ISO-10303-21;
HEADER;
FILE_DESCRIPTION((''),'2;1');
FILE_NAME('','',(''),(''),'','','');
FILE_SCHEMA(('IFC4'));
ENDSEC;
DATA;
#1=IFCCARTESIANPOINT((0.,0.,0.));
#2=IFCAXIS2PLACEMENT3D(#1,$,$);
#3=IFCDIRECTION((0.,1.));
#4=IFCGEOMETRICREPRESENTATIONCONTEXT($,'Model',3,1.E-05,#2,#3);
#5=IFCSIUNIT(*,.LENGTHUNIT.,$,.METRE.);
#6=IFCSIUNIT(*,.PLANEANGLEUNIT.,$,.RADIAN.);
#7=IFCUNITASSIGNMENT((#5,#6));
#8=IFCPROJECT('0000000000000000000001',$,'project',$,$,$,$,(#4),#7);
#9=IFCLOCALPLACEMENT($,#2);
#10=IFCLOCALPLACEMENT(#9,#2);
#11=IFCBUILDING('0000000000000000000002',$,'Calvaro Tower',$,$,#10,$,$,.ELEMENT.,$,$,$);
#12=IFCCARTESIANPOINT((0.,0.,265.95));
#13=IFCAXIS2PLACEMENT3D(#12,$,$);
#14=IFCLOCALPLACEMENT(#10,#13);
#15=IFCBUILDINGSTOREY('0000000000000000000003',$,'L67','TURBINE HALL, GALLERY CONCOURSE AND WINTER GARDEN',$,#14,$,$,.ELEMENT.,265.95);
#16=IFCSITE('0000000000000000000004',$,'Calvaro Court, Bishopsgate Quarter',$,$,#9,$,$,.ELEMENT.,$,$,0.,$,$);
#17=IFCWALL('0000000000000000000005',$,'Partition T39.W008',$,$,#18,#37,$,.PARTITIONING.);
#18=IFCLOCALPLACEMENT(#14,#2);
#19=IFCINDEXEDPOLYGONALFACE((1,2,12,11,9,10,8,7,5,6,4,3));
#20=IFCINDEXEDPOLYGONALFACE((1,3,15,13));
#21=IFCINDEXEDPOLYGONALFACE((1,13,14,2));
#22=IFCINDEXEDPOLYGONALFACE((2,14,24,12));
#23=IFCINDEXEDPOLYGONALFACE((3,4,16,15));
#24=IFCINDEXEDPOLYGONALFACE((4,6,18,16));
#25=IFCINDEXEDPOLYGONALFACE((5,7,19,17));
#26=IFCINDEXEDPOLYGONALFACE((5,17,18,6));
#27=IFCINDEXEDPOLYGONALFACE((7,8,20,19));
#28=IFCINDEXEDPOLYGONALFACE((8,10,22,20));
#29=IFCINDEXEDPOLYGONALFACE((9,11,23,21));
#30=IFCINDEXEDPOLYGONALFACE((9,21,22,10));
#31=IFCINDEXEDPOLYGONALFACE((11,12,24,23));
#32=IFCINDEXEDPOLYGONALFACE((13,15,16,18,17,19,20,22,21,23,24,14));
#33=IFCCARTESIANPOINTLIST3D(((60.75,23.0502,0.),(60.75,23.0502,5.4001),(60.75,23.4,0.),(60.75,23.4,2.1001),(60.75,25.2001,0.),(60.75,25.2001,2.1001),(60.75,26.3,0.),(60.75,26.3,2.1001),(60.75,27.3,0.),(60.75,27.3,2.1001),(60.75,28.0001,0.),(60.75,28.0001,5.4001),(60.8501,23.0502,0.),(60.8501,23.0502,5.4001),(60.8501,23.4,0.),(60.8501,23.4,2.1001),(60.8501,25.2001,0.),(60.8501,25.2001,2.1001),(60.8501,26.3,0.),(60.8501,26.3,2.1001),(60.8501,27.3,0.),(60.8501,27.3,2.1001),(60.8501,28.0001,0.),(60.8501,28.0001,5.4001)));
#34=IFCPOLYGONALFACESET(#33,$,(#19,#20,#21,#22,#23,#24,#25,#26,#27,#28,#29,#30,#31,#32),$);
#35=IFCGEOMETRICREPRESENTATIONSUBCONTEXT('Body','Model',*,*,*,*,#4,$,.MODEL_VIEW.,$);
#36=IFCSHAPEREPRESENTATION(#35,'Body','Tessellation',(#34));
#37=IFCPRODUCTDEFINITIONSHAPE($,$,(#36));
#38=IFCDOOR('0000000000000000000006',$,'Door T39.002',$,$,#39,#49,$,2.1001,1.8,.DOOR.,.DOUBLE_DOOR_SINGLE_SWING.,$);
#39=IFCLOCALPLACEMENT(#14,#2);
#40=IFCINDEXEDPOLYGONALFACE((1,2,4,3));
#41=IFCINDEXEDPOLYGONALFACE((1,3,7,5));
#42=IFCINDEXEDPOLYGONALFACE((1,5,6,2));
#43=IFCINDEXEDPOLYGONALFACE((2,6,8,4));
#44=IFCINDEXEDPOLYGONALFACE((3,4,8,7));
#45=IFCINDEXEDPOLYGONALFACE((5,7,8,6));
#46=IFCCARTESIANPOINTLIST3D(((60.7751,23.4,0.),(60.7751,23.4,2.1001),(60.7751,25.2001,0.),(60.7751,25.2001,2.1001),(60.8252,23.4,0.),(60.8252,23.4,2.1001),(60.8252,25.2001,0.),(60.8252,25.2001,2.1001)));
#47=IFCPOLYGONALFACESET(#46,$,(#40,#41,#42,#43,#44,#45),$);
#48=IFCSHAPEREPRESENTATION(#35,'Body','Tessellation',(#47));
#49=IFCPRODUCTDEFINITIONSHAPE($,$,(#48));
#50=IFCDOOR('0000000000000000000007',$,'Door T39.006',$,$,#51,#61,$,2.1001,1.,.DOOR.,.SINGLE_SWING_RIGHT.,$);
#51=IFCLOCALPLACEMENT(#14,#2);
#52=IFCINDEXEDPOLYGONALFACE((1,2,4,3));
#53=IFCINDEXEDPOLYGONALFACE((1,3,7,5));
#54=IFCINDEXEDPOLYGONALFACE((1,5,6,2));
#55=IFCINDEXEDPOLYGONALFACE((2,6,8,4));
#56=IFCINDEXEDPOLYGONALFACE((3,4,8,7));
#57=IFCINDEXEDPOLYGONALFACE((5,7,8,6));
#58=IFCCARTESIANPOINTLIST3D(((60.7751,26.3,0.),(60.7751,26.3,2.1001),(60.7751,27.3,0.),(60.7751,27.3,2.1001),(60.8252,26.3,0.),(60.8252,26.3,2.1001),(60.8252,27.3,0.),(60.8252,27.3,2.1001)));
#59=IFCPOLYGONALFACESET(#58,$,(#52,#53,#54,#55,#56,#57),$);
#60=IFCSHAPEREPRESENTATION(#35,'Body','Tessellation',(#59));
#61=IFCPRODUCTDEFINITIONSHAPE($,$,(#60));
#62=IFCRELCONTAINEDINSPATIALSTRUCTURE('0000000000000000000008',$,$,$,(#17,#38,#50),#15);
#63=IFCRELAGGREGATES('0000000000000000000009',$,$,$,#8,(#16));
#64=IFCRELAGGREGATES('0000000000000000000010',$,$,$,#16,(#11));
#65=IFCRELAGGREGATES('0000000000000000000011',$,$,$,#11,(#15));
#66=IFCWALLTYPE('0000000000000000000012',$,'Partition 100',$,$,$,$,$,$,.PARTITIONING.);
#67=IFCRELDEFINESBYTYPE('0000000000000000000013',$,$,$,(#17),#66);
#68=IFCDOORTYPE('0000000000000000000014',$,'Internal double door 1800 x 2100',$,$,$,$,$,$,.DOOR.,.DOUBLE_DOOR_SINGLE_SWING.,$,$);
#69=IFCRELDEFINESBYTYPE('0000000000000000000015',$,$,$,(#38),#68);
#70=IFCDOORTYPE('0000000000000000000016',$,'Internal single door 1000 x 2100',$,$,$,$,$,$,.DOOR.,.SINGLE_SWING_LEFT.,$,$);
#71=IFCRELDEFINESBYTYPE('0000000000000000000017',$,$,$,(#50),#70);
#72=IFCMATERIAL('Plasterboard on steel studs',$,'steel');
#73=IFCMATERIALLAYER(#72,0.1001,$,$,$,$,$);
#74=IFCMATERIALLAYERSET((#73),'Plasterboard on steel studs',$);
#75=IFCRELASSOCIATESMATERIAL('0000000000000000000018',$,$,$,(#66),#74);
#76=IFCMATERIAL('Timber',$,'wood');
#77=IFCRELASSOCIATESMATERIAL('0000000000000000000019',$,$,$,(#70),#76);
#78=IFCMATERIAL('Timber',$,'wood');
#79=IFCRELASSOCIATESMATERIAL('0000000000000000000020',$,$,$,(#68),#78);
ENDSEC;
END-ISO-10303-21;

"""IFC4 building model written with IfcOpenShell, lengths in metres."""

from ifc_helpers import new_model, si_unit, direction, frame, frame_2d, origin, place, context, subcontext, project, spatial, rectangle, extrude, material, layer, layer_set, type_object, element, fill, save


model = new_model("IFC4")

# Units and contexts
model_context = context("Model", 3, precision=1e-05, world=origin(), true_north=direction((0.0, 1.0)))
body_context = subcontext(model_context, "Body", "Model", "MODEL_VIEW")
ifc_project = project(units=[si_unit("LENGTHUNIT", "METRE"), si_unit("PLANEANGLEUNIT", "RADIAN")], contexts=[model_context])

# Site, building, storey
site_placement = place(None, origin())
site = spatial("IfcSite", under=ifc_project, at=site_placement, Name="Calvaro Court, Bishopsgate Quarter", CompositionType="ELEMENT", RefElevation=0.0)
building_placement = place(site_placement, origin())
building = spatial("IfcBuilding", under=site, at=building_placement, Name="Calvaro Tower", CompositionType="ELEMENT")
storey_placement = place(building_placement, frame((0.0, 0.0, 265.95)))
storey = spatial("IfcBuildingStorey", under=building, at=storey_placement, Name="L67", Description="TURBINE HALL, GALLERY CONCOURSE AND WINTER GARDEN", CompositionType="ELEMENT", Elevation=265.95)

# Shared definitions
ifc_material_1 = material(Name="Plasterboard on steel studs", Category="steel")
ifc_layer_1 = layer(ifc_material_1, 0.1001)
ifc_layer_set_1 = layer_set([ifc_layer_1], Name="Plasterboard on steel studs")
wall_type_1 = type_object("IfcWallType", Name="Partition 100", PredefinedType="PARTITIONING", material=ifc_layer_set_1)

# Shared definitions
ifc_material_2 = material(Name="Timber", Category="wood")
door_type_1 = type_object("IfcDoorType", Name="Internal single door 1000 x 2100", OperationType="SINGLE_SWING_LEFT", PredefinedType="DOOR", material=ifc_material_2)

# Wall, openings, doors
wall_1_placement = place(storey_placement, frame((60.8, 23.05, 0.0), z_axis=(0.0, 0.0, 1.0), x_axis=(0.0, 1.0, 0.0)))
wall_1 = element("IfcWall", 1, at=wall_1_placement, inside=storey, type_object=wall_type_1, Name="Partition T39.W008", PredefinedType="PARTITIONING", context=body_context, shape_type="SweptSolid", body=[
    extrude(rectangle(XDim=4.95, YDim=0.1001, at=frame_2d((2.4751, 0.0))), origin(), (0.0, 0.0, 1.0), 5.4001),
])
opening_1_placement = place(wall_1_placement, frame((0.3501, 0.0, 0.0)))
opening_1 = element("IfcOpeningElement", 2, at=opening_1_placement, cuts=wall_1, PredefinedType="OPENING", context=body_context, shape_type="SweptSolid", body=[
    extrude(rectangle(XDim=1.8, YDim=2.1001, at=frame_2d((0.8999, 1.05))), frame((0.0, 0.0601, 0.0), z_axis=(0.0, -1.0, 0.0), x_axis=(1.0, 0.0, 0.0)), (0.0, 0.0, 1.0), 0.1201),
])
opening_2_placement = place(wall_1_placement, frame((3.25, 0.0, 0.0)))
opening_2 = element("IfcOpeningElement", 3, at=opening_2_placement, cuts=wall_1, PredefinedType="OPENING", context=body_context, shape_type="SweptSolid", body=[
    extrude(rectangle(XDim=1.0, YDim=2.1001, at=frame_2d((0.5, 1.05))), frame((0.0, 0.0601, 0.0), z_axis=(0.0, -1.0, 0.0), x_axis=(1.0, 0.0, 0.0)), (0.0, 0.0, 1.0), 0.1201),
])
ifc_material_3 = material(Name="Timber", Category="wood")
door_type_2 = type_object("IfcDoorType", Name="Internal double door 1800 x 2100", OperationType="DOUBLE_DOOR_SINGLE_SWING", PredefinedType="DOOR", material=ifc_material_3)
door_1_placement = place(opening_1_placement, origin())
door_1 = element("IfcDoor", 4, at=door_1_placement, inside=storey, type_object=door_type_2, Name="Door T39.002", OperationType="DOUBLE_DOOR_SINGLE_SWING", OverallHeight=2.1001, OverallWidth=1.8, PredefinedType="DOOR", context=body_context, shape_type="SweptSolid", body=[
    extrude(rectangle(XDim=1.8, YDim=2.1001, at=frame_2d((0.8999, 1.05))), frame((0.0, 0.0249, 0.0), z_axis=(0.0, -1.0, 0.0), x_axis=(1.0, 0.0, 0.0)), (0.0, 0.0, 1.0), 0.05),
])
fill(opening_1, door_1)
door_2_placement = place(opening_2_placement, origin())
door_2 = element("IfcDoor", 5, at=door_2_placement, inside=storey, type_object=door_type_1, Name="Door T39.006", OperationType="SINGLE_SWING_RIGHT", OverallHeight=2.1001, OverallWidth=1.0, PredefinedType="DOOR", context=body_context, shape_type="SweptSolid", body=[
    extrude(rectangle(XDim=1.0, YDim=2.1001, at=frame_2d((0.5, 1.05))), frame((0.0, 0.0249, 0.0), z_axis=(0.0, -1.0, 0.0), x_axis=(1.0, 0.0, 0.0)), (0.0, 0.0, 1.0), 0.05),
])
fill(opening_2, door_2)

save(model, "model.ifc")
